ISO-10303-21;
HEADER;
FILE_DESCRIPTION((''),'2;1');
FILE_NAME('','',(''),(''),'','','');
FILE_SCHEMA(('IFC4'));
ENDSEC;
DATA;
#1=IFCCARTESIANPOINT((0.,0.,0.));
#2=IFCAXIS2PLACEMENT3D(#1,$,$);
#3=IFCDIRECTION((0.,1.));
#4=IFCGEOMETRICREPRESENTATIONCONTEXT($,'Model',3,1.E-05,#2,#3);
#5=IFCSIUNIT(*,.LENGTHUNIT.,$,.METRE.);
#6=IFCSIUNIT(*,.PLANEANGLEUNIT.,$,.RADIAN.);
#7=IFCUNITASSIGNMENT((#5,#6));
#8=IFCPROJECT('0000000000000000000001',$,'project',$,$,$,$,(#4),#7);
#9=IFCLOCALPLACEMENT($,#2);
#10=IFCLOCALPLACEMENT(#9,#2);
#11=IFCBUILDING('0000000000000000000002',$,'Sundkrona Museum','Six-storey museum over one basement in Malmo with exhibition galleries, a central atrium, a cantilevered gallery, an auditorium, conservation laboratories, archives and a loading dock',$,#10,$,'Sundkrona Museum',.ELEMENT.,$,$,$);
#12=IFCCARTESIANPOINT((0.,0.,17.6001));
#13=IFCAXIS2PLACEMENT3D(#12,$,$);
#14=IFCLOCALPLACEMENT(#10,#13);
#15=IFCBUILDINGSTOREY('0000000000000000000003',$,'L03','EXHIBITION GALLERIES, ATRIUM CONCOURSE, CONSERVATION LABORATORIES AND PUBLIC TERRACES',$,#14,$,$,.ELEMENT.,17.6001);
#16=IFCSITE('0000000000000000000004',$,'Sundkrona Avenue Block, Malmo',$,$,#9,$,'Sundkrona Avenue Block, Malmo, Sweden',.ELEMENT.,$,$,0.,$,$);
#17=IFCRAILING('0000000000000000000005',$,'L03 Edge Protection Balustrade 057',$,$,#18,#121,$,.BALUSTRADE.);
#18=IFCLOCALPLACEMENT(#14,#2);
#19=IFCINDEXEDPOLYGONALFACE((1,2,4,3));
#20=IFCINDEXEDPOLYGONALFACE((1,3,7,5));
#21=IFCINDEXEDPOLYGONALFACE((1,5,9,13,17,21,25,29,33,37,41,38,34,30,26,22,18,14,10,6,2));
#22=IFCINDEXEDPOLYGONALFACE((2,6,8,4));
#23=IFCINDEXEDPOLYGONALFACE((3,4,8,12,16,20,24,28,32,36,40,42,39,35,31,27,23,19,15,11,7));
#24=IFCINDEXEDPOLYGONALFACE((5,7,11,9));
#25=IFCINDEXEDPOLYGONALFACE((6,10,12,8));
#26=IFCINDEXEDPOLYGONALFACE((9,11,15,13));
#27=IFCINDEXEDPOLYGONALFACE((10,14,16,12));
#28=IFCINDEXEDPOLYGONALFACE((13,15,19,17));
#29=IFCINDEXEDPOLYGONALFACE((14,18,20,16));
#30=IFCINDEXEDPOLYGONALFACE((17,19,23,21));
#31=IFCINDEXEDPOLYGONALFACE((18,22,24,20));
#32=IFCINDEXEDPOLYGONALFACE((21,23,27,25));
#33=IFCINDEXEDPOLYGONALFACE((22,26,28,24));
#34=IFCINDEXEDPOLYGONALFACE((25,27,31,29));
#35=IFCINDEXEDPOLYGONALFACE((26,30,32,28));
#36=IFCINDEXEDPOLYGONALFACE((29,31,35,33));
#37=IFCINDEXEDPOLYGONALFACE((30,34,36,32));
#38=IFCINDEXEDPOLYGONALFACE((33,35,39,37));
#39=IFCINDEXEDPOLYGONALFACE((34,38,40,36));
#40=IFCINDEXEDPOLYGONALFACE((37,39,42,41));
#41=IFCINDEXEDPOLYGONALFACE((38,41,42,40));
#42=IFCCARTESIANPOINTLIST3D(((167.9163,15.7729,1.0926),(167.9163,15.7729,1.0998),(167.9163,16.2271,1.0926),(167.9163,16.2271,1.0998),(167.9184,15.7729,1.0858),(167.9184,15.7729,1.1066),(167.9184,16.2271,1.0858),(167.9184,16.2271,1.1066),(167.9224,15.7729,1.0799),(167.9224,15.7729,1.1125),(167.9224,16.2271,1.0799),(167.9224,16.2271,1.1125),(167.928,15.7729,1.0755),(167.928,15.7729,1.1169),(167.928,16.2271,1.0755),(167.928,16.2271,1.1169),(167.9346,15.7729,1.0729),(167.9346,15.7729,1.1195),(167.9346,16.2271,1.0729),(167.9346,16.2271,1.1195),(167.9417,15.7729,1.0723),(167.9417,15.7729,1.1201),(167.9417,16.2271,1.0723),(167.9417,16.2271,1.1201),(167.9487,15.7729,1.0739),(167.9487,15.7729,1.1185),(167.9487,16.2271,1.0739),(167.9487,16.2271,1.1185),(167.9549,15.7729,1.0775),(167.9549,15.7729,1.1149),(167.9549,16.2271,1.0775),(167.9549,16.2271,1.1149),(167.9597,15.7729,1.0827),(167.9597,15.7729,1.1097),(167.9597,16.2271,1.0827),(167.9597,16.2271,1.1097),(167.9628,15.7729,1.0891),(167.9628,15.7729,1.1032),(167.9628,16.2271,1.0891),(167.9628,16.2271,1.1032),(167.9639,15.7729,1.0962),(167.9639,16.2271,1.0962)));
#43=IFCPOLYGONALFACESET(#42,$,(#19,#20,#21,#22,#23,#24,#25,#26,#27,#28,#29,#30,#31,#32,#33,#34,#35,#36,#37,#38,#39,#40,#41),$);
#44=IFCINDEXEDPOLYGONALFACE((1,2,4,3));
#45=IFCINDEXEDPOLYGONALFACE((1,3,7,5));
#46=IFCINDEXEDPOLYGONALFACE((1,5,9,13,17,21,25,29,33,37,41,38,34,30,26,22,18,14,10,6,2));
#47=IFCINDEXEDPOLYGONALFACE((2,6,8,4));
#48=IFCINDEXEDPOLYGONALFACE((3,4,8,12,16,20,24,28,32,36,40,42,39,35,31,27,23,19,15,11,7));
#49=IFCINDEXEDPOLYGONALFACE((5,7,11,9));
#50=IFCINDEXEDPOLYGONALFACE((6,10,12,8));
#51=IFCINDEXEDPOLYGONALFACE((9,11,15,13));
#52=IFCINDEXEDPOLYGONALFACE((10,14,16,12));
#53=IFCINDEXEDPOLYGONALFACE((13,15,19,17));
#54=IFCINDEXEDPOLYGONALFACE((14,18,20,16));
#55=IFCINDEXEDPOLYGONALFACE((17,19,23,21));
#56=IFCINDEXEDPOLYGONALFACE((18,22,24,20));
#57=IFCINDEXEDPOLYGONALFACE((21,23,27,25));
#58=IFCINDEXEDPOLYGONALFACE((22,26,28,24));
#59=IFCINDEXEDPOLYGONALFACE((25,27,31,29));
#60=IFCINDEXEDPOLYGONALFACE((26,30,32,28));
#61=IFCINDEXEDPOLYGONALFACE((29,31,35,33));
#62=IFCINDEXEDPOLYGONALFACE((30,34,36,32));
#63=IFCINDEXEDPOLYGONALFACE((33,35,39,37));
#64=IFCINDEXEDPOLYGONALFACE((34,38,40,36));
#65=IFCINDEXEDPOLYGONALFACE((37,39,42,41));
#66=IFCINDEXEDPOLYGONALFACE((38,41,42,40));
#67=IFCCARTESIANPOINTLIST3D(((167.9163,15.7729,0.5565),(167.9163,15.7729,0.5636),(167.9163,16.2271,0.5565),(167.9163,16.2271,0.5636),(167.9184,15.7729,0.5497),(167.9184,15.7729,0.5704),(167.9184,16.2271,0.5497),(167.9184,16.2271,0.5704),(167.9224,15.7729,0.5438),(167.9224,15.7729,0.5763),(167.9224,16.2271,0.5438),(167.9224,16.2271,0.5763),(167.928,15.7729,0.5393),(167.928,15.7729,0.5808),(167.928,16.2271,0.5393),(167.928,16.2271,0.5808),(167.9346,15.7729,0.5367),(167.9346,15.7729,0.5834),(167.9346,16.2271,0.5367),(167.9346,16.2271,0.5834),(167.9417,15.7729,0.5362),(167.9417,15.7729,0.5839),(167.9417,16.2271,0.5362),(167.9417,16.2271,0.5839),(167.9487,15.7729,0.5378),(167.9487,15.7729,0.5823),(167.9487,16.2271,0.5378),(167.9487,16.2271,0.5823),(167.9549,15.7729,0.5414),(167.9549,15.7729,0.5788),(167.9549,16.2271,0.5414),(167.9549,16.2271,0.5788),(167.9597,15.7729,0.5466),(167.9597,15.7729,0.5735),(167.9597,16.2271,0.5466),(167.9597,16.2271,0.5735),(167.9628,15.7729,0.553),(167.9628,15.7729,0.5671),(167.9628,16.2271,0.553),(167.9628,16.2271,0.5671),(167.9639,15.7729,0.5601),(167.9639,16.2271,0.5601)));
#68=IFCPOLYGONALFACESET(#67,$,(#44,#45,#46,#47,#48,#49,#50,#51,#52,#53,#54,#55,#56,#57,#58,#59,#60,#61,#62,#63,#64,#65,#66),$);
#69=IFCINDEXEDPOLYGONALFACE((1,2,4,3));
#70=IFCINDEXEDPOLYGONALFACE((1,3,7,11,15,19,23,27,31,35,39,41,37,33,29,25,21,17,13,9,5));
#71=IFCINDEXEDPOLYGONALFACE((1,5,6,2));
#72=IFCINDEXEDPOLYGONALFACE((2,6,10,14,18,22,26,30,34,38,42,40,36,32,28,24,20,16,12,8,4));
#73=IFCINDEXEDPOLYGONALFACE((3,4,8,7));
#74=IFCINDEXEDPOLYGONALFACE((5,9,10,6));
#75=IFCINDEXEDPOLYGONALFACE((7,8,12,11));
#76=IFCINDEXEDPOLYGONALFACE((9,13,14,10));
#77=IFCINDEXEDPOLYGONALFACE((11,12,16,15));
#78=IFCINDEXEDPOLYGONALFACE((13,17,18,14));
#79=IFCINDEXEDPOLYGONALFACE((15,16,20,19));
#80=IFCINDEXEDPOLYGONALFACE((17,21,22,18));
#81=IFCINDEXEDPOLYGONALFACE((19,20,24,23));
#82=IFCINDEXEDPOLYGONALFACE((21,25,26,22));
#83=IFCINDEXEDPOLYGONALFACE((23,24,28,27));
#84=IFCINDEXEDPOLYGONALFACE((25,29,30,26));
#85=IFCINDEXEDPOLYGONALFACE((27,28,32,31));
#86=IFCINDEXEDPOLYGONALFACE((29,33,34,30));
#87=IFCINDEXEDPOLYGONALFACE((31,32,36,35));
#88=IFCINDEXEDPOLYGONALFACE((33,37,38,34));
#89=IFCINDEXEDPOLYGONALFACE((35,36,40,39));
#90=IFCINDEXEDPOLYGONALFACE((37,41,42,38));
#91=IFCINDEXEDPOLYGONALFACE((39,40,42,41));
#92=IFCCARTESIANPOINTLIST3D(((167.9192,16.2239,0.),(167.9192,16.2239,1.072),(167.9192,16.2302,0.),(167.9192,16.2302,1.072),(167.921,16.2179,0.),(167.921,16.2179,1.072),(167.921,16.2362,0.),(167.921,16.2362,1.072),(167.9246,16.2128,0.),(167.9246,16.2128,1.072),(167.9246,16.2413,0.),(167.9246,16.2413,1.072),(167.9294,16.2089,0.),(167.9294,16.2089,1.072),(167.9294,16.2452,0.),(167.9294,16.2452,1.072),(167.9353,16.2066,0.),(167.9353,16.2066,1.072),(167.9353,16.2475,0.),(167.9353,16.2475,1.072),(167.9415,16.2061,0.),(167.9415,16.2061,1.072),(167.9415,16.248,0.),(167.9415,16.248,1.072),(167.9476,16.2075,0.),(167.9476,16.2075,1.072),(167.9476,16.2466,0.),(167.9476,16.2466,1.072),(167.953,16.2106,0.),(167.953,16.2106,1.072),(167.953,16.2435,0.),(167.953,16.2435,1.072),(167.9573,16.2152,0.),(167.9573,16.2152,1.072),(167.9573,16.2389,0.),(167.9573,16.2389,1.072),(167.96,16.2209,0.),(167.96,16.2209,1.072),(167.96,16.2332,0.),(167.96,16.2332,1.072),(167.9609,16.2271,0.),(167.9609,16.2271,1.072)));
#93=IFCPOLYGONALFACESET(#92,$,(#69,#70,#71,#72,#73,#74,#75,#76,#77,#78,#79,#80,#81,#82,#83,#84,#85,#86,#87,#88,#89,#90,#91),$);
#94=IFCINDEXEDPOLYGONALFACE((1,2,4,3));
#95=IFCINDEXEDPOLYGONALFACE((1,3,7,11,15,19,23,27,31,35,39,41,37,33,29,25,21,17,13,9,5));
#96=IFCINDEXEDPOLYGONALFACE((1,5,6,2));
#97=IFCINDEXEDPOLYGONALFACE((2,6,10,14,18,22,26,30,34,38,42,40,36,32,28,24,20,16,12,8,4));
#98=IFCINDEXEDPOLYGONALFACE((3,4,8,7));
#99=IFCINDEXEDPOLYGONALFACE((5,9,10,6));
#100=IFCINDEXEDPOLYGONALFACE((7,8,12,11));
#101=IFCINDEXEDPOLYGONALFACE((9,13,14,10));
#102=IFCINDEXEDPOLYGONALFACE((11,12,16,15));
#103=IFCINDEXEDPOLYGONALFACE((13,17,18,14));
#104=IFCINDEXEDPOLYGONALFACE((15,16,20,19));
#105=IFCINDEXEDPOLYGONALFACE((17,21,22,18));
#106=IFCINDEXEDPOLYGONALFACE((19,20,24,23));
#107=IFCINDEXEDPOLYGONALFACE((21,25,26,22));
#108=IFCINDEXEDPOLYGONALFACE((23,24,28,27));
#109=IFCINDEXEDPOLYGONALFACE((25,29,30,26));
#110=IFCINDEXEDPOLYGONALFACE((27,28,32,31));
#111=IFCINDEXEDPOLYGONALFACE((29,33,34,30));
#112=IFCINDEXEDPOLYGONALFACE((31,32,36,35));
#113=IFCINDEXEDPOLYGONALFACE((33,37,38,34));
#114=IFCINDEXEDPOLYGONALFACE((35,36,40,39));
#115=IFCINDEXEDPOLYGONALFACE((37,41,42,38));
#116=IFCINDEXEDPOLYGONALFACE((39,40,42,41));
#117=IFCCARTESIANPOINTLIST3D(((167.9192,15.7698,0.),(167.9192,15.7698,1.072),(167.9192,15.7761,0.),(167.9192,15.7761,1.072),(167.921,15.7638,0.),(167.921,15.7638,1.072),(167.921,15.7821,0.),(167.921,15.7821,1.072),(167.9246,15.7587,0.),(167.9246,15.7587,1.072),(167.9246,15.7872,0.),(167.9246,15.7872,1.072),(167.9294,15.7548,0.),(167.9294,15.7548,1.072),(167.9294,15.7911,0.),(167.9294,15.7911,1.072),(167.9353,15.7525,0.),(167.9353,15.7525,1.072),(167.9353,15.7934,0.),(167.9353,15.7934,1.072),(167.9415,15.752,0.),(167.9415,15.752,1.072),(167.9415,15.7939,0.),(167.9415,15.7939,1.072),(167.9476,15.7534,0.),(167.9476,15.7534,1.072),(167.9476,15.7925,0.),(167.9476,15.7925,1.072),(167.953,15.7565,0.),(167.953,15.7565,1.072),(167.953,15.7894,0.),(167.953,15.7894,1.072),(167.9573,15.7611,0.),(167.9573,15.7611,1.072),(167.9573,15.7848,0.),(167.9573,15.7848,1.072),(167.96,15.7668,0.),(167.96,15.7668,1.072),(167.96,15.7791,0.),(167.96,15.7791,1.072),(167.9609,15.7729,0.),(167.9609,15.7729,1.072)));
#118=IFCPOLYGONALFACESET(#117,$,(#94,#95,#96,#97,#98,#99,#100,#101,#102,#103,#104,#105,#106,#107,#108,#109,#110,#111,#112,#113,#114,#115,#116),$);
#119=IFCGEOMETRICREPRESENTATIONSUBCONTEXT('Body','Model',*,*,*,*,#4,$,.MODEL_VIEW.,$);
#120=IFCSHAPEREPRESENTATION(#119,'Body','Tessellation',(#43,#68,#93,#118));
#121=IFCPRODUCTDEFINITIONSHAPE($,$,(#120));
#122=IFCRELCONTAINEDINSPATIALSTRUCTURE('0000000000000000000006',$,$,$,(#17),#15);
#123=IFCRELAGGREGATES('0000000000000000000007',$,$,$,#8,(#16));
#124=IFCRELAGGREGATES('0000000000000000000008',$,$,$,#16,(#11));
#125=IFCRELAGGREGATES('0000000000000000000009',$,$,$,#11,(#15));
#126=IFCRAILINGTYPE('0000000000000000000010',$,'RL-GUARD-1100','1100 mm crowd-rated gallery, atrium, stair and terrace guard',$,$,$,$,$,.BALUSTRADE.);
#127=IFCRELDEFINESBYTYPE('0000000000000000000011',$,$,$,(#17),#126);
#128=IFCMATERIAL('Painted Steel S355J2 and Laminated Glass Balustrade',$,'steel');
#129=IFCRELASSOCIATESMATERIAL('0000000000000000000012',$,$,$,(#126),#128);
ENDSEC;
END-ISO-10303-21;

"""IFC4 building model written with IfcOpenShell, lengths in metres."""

from ifc_helpers import new_model, si_unit, direction, frame, origin, origin_2d, place, context, subcontext, project, spatial, circle, extrude, material, type_object, element, save


model = new_model("IFC4")

# Units and contexts
model_context = context("Model", 3, precision=1e-05, world=origin(), true_north=direction((0.0, 1.0)))
body_context = subcontext(model_context, "Body", "Model", "MODEL_VIEW")
ifc_project = project(units=[si_unit("LENGTHUNIT", "METRE"), si_unit("PLANEANGLEUNIT", "RADIAN")], contexts=[model_context])

# Site, building, storey
site_placement = place(None, origin())
site = spatial("IfcSite", under=ifc_project, at=site_placement, Name="Sundkrona Avenue Block, Malmo", LongName="Sundkrona Avenue Block, Malmo, Sweden", CompositionType="ELEMENT", RefElevation=0.0)
building_placement = place(site_placement, origin())
building = spatial("IfcBuilding", under=site, at=building_placement, Name="Sundkrona Museum", Description="Six-storey museum over one basement in Malmo with exhibition galleries, a central atrium, a cantilevered gallery, an auditorium, conservation laboratories, archives and a loading dock", LongName="Sundkrona Museum", CompositionType="ELEMENT")
storey_placement = place(building_placement, frame((0.0, 0.0, 17.6001)))
storey = spatial("IfcBuildingStorey", under=building, at=storey_placement, Name="L03", Description="EXHIBITION GALLERIES, ATRIUM CONCOURSE, CONSERVATION LABORATORIES AND PUBLIC TERRACES", CompositionType="ELEMENT", Elevation=17.6001)

# Railing
ifc_material_1 = material(Name="Painted Steel S355J2 and Laminated Glass Balustrade", Category="steel")
railing_type = type_object("IfcRailingType", Name="RL-GUARD-1100", Description="1100 mm crowd-rated gallery, atrium, stair and terrace guard", PredefinedType="BALUSTRADE", material=ifc_material_1)
for number, where, name in (
    (1, (167.9399, 16.2271, 0.0), "L03 Edge Protection Balustrade 057"),
):
    element("IfcRailing", number, at=place(storey_placement, frame(where)), inside=storey, type_object=railing_type, Name=name, PredefinedType="BALUSTRADE", context=body_context, shape_type="SweptSolid", body=[
        extrude(circle(Radius=0.0239, at=origin_2d()), frame((0.0, 0.0, 1.0962), z_axis=(0.0, -1.0, 0.0), x_axis=(1.0, 0.0, 0.0)), (0.0, 0.0, 1.0), 0.4541),
        extrude(circle(Radius=0.0239, at=origin_2d()), frame((0.0, 0.0, 0.5601), z_axis=(0.0, -1.0, 0.0), x_axis=(1.0, 0.0, 0.0)), (0.0, 0.0, 1.0), 0.4541),
        extrude(circle(Radius=0.021, at=origin_2d()), origin(), (0.0, 0.0, 1.0), 1.072),
        extrude(circle(Radius=0.021, at=origin_2d()), frame((0.0, -0.4541, 0.0)), (0.0, 0.0, 1.0), 1.072),
    ])

save(model, "model.ifc")
